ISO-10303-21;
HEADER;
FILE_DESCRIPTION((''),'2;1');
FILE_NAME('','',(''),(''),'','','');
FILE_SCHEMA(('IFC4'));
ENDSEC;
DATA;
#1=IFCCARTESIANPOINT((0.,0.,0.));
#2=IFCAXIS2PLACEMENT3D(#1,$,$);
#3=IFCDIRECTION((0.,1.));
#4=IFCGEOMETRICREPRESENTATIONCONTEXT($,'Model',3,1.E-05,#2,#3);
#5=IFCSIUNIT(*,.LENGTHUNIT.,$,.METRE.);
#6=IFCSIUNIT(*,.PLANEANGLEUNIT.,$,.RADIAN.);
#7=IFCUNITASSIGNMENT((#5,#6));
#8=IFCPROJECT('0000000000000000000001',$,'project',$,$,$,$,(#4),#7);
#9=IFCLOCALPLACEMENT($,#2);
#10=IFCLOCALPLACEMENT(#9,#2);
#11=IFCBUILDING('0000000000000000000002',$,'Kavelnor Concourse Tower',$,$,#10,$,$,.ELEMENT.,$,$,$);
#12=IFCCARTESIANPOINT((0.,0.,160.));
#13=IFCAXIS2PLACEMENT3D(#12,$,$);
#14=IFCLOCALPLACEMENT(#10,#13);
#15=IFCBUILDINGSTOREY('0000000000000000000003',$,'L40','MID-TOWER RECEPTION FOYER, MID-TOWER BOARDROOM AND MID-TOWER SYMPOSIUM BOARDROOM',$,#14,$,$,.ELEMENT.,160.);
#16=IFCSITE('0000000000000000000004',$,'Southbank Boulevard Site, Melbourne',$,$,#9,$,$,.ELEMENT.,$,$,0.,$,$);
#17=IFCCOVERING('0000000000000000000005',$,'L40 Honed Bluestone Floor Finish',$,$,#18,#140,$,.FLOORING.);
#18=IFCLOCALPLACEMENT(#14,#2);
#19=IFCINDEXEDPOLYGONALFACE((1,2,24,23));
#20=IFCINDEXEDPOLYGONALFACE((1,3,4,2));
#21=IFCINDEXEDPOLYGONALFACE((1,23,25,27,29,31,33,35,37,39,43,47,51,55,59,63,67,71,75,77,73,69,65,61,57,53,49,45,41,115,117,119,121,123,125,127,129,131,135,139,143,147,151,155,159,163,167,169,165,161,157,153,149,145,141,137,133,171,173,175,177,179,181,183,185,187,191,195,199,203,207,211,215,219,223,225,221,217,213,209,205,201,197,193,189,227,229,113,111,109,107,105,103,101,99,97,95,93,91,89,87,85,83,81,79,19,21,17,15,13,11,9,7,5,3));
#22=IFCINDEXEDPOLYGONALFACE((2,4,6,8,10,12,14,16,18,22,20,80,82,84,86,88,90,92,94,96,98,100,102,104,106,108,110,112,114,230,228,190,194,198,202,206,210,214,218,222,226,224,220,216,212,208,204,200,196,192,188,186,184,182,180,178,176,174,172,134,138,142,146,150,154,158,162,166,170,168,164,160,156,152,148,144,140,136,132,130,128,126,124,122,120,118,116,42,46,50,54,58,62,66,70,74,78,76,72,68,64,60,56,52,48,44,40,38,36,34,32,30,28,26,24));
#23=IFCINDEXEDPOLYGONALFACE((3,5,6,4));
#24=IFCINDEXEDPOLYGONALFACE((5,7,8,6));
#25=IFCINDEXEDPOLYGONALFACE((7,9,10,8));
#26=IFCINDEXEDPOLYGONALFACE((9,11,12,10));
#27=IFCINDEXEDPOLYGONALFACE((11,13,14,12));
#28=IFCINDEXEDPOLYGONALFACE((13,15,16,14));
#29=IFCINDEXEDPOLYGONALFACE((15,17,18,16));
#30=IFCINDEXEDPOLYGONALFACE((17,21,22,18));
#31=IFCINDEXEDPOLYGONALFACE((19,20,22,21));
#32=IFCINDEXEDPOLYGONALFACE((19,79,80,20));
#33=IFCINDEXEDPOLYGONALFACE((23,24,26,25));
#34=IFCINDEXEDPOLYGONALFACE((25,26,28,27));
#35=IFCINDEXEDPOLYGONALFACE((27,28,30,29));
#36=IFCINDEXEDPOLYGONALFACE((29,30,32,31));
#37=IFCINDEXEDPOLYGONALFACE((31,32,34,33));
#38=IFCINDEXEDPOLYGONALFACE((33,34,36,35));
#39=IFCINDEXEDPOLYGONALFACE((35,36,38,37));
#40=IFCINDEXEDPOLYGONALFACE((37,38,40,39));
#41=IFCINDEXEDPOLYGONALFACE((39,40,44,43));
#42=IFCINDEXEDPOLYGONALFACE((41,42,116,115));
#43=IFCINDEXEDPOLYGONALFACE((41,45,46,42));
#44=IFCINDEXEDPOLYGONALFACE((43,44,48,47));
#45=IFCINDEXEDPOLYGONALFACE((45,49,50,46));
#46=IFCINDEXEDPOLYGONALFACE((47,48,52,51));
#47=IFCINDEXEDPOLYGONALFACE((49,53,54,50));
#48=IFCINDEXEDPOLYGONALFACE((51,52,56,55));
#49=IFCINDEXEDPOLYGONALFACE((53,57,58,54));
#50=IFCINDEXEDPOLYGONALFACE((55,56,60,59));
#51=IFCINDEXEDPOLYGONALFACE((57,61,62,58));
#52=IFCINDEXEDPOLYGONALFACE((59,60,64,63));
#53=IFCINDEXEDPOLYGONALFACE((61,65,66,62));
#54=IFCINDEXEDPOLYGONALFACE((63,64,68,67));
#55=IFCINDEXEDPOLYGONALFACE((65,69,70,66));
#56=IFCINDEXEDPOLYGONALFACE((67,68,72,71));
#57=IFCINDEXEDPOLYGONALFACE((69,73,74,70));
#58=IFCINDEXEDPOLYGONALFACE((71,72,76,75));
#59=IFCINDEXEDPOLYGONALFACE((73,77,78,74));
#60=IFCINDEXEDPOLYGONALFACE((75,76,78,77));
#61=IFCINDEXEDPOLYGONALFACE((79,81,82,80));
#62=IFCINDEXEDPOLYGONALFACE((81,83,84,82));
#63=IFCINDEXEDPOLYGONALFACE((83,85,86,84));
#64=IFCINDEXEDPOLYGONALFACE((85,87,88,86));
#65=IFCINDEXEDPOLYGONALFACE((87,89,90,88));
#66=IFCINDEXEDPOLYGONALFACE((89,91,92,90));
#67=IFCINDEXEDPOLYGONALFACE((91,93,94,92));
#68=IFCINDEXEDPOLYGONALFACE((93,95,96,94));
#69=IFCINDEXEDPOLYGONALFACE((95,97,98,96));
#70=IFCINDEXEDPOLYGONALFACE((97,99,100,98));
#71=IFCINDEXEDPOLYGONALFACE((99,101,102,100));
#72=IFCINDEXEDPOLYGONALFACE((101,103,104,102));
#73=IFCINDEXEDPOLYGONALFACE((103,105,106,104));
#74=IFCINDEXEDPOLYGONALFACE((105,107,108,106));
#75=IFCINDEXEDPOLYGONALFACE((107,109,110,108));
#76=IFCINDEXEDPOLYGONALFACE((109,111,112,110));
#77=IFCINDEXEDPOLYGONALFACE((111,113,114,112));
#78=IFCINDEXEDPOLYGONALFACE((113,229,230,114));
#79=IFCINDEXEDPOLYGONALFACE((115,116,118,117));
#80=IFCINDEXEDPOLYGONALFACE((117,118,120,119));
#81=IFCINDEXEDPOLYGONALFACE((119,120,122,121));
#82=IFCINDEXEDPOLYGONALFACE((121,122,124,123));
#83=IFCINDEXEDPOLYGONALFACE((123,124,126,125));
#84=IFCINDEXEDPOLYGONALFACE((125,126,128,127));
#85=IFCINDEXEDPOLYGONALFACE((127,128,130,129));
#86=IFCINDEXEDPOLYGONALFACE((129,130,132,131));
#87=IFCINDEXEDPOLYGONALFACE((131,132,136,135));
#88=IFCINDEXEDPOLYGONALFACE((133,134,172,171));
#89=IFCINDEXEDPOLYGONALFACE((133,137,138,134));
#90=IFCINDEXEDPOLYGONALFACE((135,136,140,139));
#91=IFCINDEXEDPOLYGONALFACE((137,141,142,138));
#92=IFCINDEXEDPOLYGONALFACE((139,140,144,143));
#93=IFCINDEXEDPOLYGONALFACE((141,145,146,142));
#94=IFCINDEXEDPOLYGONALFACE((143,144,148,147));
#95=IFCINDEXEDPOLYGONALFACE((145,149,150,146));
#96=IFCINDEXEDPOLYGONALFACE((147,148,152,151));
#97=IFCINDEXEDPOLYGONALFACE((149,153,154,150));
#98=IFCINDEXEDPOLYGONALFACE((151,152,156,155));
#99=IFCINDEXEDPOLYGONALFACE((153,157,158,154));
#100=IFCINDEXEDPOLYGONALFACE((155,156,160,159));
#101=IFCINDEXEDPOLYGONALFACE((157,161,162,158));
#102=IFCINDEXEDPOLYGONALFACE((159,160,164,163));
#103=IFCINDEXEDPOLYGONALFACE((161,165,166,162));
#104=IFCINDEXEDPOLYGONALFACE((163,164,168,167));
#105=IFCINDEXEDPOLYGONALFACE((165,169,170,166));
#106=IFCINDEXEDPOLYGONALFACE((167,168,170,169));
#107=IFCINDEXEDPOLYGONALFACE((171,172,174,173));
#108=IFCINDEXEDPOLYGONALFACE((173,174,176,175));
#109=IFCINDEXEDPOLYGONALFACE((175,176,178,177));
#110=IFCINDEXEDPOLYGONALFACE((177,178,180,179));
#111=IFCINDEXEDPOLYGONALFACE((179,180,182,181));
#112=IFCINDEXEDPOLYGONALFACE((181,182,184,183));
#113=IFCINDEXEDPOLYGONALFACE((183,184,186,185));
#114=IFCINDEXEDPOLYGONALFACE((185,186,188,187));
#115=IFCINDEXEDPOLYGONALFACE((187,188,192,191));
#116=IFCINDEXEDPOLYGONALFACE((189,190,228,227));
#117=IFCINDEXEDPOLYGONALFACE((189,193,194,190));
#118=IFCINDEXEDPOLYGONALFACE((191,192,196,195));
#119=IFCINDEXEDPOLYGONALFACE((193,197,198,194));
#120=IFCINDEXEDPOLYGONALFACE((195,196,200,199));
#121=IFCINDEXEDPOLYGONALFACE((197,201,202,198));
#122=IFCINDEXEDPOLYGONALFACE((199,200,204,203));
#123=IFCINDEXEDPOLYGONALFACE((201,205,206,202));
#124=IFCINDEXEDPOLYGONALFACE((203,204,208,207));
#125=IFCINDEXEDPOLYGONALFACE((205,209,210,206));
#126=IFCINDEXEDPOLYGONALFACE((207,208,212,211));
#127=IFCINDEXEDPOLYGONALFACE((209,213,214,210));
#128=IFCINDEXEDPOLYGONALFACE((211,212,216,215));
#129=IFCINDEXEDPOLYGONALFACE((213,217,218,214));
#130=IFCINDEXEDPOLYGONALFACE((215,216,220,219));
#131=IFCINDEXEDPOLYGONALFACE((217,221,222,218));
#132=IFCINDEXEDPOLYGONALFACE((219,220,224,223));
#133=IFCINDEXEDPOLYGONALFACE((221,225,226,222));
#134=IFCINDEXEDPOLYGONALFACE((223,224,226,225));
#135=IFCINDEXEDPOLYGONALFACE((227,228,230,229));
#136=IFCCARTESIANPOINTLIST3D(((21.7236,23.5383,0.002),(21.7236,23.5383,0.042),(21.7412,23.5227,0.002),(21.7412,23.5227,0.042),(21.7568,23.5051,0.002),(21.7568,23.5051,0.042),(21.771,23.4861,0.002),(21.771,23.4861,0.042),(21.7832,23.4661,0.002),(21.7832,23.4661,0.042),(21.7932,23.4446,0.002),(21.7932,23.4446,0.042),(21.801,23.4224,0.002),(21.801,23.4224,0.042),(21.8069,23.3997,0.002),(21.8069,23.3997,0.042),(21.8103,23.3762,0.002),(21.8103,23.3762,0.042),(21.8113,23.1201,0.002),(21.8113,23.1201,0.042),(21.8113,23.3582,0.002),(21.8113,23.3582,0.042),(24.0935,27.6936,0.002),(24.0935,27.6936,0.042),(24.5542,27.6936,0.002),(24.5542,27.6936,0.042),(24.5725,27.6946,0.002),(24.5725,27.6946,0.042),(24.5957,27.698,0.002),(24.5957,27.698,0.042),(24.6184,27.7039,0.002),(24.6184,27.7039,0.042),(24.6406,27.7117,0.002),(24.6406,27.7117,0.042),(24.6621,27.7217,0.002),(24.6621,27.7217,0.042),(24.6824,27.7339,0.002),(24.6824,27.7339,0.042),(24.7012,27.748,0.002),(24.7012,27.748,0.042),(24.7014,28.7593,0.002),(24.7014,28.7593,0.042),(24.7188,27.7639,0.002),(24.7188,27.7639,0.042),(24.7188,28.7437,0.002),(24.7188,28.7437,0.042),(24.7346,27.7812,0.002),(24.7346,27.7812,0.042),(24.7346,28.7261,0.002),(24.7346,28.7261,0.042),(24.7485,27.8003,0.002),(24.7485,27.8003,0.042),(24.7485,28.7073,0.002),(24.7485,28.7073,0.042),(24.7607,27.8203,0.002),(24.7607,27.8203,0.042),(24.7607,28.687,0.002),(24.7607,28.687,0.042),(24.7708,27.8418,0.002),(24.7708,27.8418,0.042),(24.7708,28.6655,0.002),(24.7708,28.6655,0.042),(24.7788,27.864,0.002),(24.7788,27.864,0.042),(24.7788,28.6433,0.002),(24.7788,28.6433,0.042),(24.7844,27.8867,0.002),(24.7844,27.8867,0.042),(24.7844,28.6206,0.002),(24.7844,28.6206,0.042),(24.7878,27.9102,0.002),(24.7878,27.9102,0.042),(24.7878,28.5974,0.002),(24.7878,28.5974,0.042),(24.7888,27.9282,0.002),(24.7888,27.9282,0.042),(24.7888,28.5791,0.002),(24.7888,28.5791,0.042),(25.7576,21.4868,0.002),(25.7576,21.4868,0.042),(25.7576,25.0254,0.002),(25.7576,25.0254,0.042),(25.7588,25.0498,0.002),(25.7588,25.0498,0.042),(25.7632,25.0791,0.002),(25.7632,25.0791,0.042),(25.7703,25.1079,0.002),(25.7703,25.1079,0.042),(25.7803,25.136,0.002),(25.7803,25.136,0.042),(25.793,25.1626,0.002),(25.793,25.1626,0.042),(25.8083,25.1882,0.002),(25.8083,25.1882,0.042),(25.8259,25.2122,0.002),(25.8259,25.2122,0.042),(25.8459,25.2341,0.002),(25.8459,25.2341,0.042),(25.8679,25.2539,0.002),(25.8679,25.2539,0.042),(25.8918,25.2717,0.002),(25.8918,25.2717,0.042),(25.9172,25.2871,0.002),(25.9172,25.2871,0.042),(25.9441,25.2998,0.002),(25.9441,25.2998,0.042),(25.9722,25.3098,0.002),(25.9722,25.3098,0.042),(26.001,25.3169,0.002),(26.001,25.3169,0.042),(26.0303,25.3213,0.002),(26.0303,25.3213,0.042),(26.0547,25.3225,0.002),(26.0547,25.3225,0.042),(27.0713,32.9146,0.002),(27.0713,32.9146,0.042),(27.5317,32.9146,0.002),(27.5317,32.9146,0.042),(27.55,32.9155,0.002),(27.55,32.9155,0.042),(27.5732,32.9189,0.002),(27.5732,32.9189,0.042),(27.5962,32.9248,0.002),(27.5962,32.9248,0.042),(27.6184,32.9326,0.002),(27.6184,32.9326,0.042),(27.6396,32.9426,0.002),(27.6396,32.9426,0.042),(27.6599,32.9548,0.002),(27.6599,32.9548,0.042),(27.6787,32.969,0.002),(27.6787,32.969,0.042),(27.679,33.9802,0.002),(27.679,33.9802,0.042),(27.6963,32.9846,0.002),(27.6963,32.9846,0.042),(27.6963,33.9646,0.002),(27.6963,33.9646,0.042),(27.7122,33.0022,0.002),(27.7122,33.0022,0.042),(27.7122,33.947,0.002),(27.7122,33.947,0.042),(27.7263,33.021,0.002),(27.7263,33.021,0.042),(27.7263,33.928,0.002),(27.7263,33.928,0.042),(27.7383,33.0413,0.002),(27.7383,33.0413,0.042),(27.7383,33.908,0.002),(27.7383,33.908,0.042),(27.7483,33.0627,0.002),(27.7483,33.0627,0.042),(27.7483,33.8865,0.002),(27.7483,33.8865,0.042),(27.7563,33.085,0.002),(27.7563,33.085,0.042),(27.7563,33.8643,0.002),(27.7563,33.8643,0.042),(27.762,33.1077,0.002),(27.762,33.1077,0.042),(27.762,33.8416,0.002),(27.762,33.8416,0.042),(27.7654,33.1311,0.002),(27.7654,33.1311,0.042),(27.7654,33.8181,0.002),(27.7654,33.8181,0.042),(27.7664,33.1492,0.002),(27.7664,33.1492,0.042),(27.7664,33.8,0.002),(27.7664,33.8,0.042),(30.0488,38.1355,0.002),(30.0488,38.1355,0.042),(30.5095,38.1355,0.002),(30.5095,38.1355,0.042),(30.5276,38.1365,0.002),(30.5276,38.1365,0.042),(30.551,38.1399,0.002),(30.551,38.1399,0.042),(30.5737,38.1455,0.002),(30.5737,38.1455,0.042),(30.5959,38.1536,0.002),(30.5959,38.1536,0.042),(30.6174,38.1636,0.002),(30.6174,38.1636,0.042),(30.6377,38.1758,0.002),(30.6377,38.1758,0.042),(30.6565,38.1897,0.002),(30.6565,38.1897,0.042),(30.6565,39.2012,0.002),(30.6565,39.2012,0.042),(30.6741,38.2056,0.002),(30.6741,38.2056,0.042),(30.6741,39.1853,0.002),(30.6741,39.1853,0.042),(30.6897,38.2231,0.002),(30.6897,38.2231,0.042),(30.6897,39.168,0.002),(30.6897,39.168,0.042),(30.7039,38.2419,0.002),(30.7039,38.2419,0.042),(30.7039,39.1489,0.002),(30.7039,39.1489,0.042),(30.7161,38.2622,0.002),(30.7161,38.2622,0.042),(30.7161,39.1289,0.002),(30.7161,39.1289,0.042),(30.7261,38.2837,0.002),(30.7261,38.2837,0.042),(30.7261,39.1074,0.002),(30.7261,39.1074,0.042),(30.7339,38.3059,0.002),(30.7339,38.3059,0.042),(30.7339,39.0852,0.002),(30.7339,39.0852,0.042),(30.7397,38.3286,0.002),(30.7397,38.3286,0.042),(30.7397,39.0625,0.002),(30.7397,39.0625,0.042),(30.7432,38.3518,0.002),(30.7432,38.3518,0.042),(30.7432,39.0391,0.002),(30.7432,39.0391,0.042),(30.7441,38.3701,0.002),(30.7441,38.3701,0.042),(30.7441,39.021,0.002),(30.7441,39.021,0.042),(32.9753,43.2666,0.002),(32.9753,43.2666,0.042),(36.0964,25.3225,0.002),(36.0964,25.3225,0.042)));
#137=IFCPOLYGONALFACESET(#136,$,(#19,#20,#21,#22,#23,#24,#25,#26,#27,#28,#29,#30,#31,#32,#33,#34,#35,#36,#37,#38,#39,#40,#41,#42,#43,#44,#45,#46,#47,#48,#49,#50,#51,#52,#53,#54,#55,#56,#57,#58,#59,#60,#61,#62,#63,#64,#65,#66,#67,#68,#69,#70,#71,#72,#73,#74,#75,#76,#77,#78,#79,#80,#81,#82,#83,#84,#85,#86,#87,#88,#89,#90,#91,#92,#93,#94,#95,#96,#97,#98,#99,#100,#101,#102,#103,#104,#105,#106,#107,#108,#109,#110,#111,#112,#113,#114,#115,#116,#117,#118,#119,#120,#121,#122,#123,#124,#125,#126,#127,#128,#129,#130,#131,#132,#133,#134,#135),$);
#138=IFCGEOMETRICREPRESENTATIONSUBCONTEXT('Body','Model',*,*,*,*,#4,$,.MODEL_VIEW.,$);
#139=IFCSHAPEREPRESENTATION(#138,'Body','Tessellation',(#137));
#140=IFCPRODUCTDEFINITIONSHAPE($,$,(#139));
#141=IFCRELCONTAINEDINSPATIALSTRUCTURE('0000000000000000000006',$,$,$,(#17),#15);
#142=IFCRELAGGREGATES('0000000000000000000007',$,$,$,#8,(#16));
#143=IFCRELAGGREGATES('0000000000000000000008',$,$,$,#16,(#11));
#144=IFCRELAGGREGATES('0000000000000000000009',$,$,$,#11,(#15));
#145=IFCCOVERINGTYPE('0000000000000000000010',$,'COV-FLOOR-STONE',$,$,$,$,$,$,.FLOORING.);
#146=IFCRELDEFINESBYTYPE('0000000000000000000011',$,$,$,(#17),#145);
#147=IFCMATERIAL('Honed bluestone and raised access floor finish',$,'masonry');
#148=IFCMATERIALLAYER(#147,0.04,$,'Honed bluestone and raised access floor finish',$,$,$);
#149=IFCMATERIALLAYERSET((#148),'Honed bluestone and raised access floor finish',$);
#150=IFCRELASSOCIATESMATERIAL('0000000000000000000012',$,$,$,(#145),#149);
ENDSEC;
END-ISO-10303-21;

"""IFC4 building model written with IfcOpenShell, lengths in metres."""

from ifc_helpers import new_model, si_unit, direction, frame, origin, place, context, subcontext, project, spatial, polyline, outline, extrude, material, layer, layer_set, type_object, element, save


model = new_model("IFC4")

# Units and contexts
model_context = context("Model", 3, precision=1e-05, world=origin(), true_north=direction((0.0, 1.0)))
body_context = subcontext(model_context, "Body", "Model", "MODEL_VIEW")
ifc_project = project(units=[si_unit("LENGTHUNIT", "METRE"), si_unit("PLANEANGLEUNIT", "RADIAN")], contexts=[model_context])

# Site, building, storey
site_placement = place(None, origin())
site = spatial("IfcSite", under=ifc_project, at=site_placement, Name="Southbank Boulevard Site, Melbourne", CompositionType="ELEMENT", RefElevation=0.0)
building_placement = place(site_placement, origin())
building = spatial("IfcBuilding", under=site, at=building_placement, Name="Kavelnor Concourse Tower", CompositionType="ELEMENT")
storey_placement = place(building_placement, frame((0.0, 0.0, 160.0)))
storey = spatial("IfcBuildingStorey", under=building, at=storey_placement, Name="L40", Description="MID-TOWER RECEPTION FOYER, MID-TOWER BOARDROOM AND MID-TOWER SYMPOSIUM BOARDROOM", CompositionType="ELEMENT", Elevation=160.0)

# Covering
ifc_material_1 = material(Name="Honed bluestone and raised access floor finish", Category="masonry")
ifc_layer_1 = layer(ifc_material_1, 0.04, Name="Honed bluestone and raised access floor finish")
ifc_layer_set_1 = layer_set([ifc_layer_1], Name="Honed bluestone and raised access floor finish")
covering_type_1 = type_object("IfcCoveringType", Name="COV-FLOOR-STONE", PredefinedType="FLOORING", material=ifc_layer_set_1)
covering_1_placement = place(storey_placement, frame((0.0, 0.0, 0.002)))
element("IfcCovering", 1, at=covering_1_placement, inside=storey, type_object=covering_type_1, Name="L40 Honed Bluestone Floor Finish", PredefinedType="FLOORING", context=body_context, shape_type="SweptSolid", body=[
    extrude(outline(polyline([(24.5725, 27.6946), (24.5957, 27.698), (24.6184, 27.7039), (24.6406, 27.7117), (24.6621, 27.7217), (24.6824, 27.7339), (24.7012, 27.748), (24.7188, 27.7639), (24.7346, 27.7812), (24.7485, 27.8003), (24.7607, 27.8203), (24.7708, 27.8418), (24.7788, 27.864), (24.7844, 27.8867), (24.7878, 27.9102), (24.7888, 27.9282), (24.7888, 28.5791), (24.7878, 28.5974), (24.7844, 28.6206), (24.7788, 28.6433), (24.7708, 28.6655), (24.7607, 28.687), (24.7485, 28.7073), (24.7346, 28.7261), (24.7188, 28.7437), (24.7014, 28.7593), (27.0713, 32.9146), (27.5317, 32.9146), (27.55, 32.9155), (27.5732, 32.9189), (27.5962, 32.9248), (27.6184, 32.9326), (27.6396, 32.9426), (27.6599, 32.9548), (27.6787, 32.969), (27.6963, 32.9846), (27.7122, 33.0022), (27.7263, 33.021), (27.7383, 33.0413), (27.7483, 33.0627), (27.7563, 33.085), (27.762, 33.1077), (27.7654, 33.1311), (27.7664, 33.1492), (27.7664, 33.8), (27.7654, 33.8181), (27.762, 33.8416), (27.7563, 33.8643), (27.7483, 33.8865), (27.7383, 33.908), (27.7263, 33.928), (27.7122, 33.947), (27.6963, 33.9646), (27.679, 33.9802), (30.0488, 38.1355), (30.5095, 38.1355), (30.5276, 38.1365), (30.551, 38.1399), (30.5737, 38.1455), (30.5959, 38.1536), (30.6174, 38.1636), (30.6377, 38.1758), (30.6565, 38.1897), (30.6741, 38.2056), (30.6897, 38.2231), (30.7039, 38.2419), (30.7161, 38.2622), (30.7261, 38.2837), (30.7339, 38.3059), (30.7397, 38.3286), (30.7432, 38.3518), (30.7441, 38.3701), (30.7441, 39.021), (30.7432, 39.0391), (30.7397, 39.0625), (30.7339, 39.0852), (30.7261, 39.1074), (30.7161, 39.1289), (30.7039, 39.1489), (30.6897, 39.168), (30.6741, 39.1853), (30.6565, 39.2012), (32.9753, 43.2666), (36.0964, 25.3225), (26.0547, 25.3225), (26.0303, 25.3213), (26.001, 25.3169), (25.9722, 25.3098), (25.9441, 25.2998), (25.9172, 25.2871), (25.8918, 25.2717), (25.8679, 25.2539), (25.8459, 25.2341), (25.8259, 25.2122), (25.8083, 25.1882), (25.793, 25.1626), (25.7803, 25.136), (25.7703, 25.1079), (25.7632, 25.0791), (25.7588, 25.0498), (25.7576, 25.0254), (25.7576, 21.4868), (21.8113, 23.1201), (21.8113, 23.3582), (21.8103, 23.3762), (21.8069, 23.3997), (21.801, 23.4224), (21.7932, 23.4446), (21.7832, 23.4661), (21.771, 23.4861), (21.7568, 23.5051), (21.7412, 23.5227), (21.7236, 23.5383), (24.0935, 27.6936), (24.5542, 27.6936), (24.5725, 27.6946)])), origin(), (0.0, 0.0, 1.0), 0.04),
])

save(model, "model.ifc")
